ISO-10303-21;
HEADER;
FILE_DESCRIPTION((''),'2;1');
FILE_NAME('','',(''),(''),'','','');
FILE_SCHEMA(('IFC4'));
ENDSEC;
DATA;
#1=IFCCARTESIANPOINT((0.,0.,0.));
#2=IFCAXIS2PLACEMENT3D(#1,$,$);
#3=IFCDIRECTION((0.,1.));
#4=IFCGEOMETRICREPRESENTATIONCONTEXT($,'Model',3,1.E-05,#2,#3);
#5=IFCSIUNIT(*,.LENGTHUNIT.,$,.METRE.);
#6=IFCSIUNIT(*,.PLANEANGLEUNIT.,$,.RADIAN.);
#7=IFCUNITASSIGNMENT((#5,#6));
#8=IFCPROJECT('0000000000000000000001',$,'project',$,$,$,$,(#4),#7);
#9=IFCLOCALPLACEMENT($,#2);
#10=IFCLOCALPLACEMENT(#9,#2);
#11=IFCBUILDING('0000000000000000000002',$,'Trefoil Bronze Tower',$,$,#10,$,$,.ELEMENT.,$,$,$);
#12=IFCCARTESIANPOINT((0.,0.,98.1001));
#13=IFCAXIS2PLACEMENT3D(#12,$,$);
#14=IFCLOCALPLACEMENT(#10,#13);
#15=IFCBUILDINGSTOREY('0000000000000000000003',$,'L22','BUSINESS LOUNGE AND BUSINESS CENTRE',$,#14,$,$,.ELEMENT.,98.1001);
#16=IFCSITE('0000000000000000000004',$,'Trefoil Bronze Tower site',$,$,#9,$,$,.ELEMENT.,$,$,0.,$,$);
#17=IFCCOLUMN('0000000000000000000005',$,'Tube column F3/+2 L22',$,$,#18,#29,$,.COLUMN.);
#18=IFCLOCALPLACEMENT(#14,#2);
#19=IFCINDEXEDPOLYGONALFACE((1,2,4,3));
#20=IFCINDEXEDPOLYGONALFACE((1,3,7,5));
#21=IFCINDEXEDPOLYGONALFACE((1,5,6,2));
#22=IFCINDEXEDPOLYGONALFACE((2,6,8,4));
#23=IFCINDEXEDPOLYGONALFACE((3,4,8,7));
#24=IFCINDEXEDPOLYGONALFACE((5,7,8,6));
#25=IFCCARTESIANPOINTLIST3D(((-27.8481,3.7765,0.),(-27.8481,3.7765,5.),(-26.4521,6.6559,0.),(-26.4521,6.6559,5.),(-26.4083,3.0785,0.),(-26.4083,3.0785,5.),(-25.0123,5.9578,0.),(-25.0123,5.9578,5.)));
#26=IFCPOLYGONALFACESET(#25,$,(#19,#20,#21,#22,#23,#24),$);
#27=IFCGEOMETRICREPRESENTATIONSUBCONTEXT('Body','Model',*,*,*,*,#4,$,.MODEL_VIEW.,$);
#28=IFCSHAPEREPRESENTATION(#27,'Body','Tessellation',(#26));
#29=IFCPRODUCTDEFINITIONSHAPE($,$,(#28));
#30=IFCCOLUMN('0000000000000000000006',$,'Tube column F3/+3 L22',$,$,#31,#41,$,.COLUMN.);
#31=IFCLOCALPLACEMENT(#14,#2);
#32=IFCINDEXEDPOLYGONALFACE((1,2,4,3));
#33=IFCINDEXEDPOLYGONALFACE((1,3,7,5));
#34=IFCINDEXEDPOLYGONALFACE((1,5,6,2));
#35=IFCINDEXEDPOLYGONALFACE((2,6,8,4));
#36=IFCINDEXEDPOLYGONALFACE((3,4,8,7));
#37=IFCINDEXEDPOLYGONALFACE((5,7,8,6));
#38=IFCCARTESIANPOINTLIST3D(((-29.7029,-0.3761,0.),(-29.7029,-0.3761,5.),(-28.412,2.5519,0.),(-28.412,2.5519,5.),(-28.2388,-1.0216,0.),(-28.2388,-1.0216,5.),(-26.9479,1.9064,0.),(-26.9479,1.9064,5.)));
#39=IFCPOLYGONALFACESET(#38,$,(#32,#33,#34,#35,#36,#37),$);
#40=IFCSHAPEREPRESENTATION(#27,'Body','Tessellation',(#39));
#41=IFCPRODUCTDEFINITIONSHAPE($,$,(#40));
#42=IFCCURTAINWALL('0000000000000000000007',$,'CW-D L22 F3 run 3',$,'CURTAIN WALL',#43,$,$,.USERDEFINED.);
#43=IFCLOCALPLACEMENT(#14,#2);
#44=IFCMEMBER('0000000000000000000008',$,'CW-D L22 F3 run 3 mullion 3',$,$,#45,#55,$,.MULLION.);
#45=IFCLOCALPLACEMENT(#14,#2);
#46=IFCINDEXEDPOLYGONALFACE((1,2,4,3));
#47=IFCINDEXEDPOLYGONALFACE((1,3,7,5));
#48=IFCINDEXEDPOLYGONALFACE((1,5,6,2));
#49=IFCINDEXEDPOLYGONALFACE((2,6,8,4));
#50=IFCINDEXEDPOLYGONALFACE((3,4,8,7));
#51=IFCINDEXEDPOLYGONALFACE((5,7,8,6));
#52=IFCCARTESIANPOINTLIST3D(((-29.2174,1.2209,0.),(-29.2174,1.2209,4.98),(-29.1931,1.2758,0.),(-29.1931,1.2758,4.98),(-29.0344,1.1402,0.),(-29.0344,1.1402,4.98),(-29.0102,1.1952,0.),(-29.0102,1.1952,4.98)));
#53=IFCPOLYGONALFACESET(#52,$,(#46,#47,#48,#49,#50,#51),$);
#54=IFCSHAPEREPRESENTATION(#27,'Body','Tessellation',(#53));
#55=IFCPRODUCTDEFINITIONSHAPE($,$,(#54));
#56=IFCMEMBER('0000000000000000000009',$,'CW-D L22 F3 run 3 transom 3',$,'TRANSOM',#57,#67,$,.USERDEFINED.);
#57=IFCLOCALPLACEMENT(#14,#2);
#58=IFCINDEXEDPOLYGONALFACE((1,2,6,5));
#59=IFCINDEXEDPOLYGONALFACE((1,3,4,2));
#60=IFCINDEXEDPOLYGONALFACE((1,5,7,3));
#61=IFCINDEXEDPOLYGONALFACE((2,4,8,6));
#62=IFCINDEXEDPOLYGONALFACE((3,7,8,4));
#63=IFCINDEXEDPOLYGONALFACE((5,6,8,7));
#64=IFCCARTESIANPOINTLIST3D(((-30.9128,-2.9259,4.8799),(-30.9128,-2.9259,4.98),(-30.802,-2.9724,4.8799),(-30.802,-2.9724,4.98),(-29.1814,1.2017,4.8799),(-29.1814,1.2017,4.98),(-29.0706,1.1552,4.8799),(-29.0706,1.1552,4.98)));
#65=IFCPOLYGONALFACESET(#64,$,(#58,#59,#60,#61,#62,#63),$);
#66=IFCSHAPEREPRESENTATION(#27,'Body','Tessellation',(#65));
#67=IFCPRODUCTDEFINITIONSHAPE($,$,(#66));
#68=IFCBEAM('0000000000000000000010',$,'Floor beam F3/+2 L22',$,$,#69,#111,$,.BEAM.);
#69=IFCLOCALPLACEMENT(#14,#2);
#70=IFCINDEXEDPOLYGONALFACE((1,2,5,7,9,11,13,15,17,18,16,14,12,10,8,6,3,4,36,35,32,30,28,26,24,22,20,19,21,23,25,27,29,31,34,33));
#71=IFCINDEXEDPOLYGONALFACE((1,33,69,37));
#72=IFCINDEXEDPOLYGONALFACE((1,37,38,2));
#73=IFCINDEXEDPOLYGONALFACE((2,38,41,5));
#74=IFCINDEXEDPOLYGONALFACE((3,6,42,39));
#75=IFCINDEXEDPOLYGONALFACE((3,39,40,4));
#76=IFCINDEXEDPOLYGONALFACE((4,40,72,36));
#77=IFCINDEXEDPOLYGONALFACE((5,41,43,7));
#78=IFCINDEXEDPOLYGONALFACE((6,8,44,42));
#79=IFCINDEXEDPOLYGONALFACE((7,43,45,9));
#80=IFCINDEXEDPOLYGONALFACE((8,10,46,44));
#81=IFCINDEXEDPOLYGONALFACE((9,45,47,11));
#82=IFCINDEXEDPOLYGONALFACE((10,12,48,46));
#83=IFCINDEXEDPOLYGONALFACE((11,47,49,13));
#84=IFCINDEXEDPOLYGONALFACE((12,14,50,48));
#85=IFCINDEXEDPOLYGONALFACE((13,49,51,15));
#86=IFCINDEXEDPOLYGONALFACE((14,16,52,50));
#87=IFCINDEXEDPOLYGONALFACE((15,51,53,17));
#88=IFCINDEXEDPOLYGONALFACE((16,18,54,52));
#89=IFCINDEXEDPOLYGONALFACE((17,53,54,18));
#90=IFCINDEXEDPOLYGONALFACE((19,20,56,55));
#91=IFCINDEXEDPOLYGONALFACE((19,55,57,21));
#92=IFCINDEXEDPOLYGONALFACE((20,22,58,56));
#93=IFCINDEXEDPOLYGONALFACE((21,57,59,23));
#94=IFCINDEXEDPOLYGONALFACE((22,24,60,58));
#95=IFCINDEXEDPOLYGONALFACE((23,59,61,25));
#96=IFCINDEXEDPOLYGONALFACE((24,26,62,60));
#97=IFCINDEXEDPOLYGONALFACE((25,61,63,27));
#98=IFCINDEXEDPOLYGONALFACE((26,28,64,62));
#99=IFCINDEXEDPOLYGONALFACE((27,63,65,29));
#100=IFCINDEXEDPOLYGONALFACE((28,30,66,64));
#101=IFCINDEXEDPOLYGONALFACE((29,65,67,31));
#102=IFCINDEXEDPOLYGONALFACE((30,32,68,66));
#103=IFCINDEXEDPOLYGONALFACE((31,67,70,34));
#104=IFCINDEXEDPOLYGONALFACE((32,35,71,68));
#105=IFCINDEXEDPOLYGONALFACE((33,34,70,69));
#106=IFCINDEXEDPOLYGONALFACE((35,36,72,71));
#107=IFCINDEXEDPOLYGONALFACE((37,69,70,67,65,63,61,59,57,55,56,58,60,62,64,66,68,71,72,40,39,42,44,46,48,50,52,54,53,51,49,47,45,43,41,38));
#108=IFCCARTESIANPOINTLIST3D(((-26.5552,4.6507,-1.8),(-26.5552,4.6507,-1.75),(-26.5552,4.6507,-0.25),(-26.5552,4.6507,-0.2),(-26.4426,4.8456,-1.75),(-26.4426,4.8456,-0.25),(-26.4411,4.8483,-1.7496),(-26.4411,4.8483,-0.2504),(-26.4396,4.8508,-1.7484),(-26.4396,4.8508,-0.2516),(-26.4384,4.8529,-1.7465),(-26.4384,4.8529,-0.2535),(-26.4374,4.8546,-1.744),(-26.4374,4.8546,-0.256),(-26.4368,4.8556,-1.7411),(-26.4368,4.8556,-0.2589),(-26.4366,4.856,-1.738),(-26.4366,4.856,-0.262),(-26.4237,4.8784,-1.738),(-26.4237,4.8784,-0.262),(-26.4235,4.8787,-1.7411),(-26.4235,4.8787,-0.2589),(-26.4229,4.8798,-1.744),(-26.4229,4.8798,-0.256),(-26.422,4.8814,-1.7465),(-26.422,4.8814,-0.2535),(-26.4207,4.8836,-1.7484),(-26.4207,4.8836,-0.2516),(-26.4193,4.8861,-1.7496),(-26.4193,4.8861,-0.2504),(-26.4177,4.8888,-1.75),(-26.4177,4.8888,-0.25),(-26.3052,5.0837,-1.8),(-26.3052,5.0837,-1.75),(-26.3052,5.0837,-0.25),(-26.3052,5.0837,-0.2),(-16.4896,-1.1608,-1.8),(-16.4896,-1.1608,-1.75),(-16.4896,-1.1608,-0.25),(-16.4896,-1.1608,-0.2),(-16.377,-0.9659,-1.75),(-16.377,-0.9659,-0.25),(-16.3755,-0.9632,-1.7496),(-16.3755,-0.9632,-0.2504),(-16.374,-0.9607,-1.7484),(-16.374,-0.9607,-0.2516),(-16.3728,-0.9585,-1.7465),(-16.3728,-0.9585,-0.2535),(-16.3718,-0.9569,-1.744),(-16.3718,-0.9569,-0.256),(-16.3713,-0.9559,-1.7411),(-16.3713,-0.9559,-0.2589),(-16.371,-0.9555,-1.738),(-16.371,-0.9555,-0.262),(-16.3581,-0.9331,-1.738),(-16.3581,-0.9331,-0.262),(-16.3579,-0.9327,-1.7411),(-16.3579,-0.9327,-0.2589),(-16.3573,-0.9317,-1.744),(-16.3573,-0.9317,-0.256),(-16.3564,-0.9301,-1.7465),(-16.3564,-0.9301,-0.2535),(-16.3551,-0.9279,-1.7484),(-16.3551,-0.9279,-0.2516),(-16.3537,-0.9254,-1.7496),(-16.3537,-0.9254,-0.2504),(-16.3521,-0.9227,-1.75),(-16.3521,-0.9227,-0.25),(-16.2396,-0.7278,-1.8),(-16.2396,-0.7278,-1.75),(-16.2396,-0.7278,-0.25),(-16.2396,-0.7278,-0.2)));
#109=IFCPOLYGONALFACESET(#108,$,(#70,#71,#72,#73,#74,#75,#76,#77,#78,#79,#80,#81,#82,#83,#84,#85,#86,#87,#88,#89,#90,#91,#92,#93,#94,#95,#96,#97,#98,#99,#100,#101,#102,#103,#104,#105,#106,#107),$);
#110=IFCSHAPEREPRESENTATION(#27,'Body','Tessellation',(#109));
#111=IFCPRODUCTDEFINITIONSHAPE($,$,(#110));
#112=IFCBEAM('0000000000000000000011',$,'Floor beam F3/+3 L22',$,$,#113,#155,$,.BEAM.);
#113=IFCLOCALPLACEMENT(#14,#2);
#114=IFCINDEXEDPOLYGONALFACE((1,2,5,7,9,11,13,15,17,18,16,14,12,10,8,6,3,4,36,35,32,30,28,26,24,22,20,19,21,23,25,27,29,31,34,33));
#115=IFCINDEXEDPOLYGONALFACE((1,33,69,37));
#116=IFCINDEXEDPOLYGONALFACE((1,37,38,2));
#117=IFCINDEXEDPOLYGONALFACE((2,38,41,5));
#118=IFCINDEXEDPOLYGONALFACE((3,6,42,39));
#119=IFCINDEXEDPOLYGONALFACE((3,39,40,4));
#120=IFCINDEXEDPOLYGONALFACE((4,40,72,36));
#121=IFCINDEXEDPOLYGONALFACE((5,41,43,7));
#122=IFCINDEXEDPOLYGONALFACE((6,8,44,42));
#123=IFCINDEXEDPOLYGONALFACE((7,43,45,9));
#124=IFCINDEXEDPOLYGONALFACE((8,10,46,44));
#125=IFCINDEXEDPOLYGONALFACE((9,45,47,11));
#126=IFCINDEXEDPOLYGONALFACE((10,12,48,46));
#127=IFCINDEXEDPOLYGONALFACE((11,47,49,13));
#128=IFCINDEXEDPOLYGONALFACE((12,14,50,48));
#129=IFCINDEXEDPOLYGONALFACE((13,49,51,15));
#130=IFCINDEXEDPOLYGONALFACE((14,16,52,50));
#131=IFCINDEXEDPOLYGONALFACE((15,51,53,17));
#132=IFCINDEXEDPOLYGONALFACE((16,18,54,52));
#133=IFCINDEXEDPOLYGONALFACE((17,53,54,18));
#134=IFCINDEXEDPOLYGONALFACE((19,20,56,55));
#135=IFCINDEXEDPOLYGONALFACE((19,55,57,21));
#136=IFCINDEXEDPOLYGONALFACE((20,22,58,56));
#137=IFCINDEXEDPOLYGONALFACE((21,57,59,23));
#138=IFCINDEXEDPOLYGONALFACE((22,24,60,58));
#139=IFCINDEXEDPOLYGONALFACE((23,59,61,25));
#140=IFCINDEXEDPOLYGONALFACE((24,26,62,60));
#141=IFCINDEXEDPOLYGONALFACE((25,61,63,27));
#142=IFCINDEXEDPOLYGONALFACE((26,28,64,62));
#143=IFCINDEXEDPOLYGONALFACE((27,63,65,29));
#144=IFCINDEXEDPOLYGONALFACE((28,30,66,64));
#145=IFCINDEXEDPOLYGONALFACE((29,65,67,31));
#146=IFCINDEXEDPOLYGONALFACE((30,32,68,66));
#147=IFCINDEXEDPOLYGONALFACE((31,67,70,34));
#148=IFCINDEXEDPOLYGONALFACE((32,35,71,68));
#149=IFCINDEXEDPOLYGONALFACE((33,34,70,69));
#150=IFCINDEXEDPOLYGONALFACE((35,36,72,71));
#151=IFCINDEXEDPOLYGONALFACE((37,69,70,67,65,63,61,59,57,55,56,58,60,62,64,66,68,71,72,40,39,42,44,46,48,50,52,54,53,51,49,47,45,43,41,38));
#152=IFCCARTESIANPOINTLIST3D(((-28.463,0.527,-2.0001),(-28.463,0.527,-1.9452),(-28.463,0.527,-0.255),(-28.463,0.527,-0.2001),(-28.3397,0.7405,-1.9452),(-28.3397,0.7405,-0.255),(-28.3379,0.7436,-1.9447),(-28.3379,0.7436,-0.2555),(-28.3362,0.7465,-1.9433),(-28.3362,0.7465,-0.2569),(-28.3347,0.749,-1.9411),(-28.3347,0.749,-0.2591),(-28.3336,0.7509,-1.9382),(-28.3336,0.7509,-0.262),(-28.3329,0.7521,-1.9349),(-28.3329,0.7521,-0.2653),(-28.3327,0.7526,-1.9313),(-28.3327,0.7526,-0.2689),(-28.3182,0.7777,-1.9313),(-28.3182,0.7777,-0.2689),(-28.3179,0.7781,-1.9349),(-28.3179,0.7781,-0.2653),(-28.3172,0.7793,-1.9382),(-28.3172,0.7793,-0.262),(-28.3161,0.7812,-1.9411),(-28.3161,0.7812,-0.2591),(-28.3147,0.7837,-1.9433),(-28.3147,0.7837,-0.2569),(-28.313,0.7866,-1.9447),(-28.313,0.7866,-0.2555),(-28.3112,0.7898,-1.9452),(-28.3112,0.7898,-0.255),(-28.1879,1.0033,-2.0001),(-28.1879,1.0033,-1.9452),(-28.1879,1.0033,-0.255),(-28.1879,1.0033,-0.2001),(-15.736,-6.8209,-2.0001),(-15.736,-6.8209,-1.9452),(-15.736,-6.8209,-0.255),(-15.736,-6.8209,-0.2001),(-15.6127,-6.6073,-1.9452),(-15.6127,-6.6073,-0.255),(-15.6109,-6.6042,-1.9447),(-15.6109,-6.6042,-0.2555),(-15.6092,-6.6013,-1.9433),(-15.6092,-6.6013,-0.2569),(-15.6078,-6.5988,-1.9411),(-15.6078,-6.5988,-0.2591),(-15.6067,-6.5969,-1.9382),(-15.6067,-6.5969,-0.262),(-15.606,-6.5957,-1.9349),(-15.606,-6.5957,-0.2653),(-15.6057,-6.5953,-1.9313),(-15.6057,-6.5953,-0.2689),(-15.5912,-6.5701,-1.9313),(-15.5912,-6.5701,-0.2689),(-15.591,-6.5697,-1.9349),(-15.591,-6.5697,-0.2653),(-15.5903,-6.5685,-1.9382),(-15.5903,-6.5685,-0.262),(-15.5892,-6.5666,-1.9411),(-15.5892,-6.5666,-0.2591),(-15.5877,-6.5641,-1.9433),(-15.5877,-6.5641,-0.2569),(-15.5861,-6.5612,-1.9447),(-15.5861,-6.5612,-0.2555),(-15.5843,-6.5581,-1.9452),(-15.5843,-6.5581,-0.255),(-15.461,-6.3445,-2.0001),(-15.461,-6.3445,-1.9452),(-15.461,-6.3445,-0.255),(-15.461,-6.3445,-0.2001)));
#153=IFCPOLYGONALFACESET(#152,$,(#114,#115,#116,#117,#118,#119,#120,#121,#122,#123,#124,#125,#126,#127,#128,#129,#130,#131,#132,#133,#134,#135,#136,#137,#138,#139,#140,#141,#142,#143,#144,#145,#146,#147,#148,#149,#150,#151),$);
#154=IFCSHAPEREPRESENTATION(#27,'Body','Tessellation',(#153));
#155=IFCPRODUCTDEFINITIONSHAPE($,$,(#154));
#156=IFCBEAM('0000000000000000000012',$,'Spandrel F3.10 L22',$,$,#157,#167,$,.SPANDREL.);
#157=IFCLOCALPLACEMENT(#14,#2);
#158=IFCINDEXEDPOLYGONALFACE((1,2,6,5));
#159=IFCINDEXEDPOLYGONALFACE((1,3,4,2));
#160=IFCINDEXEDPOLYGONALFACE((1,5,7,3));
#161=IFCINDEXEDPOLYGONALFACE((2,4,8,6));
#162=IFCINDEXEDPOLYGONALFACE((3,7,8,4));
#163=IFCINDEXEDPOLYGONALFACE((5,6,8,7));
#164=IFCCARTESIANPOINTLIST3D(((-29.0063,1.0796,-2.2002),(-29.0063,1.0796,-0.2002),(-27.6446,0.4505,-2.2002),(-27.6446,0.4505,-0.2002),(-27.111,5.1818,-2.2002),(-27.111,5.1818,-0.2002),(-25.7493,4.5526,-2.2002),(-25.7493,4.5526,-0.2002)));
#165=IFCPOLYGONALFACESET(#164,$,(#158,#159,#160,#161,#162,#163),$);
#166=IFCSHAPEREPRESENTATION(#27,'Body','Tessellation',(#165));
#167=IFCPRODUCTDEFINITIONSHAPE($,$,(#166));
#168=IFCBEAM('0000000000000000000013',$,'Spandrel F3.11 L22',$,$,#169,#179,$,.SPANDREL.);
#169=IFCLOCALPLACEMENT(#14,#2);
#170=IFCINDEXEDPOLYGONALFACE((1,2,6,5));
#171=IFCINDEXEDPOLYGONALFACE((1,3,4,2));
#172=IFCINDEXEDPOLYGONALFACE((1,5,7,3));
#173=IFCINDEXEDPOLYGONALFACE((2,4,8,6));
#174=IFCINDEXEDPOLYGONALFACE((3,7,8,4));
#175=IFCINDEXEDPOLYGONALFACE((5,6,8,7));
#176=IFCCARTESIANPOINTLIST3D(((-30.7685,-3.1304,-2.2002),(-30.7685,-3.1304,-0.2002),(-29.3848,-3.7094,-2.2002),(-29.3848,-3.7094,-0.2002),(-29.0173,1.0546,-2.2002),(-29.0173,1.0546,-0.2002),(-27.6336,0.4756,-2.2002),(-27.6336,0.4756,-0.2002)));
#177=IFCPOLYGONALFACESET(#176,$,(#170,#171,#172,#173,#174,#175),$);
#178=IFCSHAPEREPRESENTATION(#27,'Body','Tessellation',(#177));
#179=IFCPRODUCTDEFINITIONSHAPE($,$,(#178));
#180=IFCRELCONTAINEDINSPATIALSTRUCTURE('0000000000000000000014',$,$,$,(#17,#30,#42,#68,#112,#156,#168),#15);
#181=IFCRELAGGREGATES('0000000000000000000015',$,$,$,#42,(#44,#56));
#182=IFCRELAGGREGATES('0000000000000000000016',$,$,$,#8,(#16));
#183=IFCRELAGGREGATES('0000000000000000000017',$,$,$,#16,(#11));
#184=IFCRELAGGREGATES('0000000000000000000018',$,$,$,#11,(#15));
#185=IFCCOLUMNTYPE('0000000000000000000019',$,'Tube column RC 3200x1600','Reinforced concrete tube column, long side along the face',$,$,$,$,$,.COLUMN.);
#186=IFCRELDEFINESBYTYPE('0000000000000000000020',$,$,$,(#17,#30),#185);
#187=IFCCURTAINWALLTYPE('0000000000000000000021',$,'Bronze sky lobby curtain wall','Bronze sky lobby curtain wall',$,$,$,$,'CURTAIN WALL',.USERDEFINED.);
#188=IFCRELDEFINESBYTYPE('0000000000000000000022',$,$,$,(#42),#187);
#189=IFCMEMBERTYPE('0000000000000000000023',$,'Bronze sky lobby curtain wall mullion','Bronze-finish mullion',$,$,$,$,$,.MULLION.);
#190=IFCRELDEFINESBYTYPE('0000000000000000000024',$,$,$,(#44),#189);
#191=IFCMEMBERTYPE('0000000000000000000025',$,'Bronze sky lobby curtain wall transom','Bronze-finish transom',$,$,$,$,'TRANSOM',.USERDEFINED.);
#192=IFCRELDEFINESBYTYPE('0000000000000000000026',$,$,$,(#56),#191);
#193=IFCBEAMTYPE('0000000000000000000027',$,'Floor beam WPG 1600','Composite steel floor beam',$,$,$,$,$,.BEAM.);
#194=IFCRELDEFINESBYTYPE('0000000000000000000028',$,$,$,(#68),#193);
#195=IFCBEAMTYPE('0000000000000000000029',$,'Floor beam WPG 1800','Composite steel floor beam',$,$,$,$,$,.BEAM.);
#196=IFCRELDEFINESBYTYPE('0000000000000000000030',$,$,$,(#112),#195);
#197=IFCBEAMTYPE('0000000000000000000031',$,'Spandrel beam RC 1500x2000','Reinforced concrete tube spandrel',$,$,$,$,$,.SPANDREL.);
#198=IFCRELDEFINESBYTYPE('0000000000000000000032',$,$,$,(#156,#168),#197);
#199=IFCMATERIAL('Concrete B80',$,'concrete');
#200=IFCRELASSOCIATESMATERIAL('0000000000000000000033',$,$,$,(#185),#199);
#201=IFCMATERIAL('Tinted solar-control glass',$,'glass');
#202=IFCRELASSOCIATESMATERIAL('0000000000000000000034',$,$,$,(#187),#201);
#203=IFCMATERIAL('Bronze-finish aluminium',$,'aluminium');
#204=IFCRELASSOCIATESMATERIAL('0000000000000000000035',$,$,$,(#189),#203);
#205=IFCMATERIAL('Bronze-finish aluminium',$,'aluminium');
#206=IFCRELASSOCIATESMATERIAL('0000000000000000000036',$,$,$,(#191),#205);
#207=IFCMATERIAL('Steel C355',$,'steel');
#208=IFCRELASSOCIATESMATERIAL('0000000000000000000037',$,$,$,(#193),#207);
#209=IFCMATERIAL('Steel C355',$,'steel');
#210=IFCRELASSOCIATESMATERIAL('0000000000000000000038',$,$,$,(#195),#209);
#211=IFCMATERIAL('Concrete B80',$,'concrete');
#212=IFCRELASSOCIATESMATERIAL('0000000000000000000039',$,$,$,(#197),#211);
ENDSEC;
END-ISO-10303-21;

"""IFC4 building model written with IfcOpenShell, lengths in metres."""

from ifc_helpers import new_model, si_unit, direction, frame, origin, origin_2d, place, context, subcontext, project, spatial, rectangle, i_section, extrude, material, material_profile, profile_set, type_object, element, aggregate, save


model = new_model("IFC4")

# Units and contexts
model_context = context("Model", 3, precision=1e-05, world=origin(), true_north=direction((0.0, 1.0)))
body_context = subcontext(model_context, "Body", "Model", "MODEL_VIEW")
ifc_project = project(units=[si_unit("LENGTHUNIT", "METRE"), si_unit("PLANEANGLEUNIT", "RADIAN")], contexts=[model_context])

# Site, building, storey
site_placement = place(None, origin())
site = spatial("IfcSite", under=ifc_project, at=site_placement, Name="Trefoil Bronze Tower site", CompositionType="ELEMENT", RefElevation=0.0)
building_placement = place(site_placement, origin())
building = spatial("IfcBuilding", under=site, at=building_placement, Name="Trefoil Bronze Tower", CompositionType="ELEMENT")
storey_placement = place(building_placement, frame((0.0, 0.0, 98.1001)))
storey = spatial("IfcBuildingStorey", under=building, at=storey_placement, Name="L22", Description="BUSINESS LOUNGE AND BUSINESS CENTRE", CompositionType="ELEMENT", Elevation=98.1001)

# Columns
ifc_material_1 = material(Name="Concrete B80", Category="concrete")
ifc_material_profile_1 = material_profile(ifc_material_1, rectangle(XDim=3.2, YDim=1.6001, at=origin_2d()), Name="RC 3200x1600")
ifc_profile_set_1 = profile_set([ifc_material_profile_1], Name="Concrete B80")
column_type = type_object("IfcColumnType", Name="Tube column RC 3200x1600", Description="Reinforced concrete tube column, long side along the face", PredefinedType="COLUMN", material=ifc_profile_set_1)
for number, where, z_axis, x_axis, name in (
    (1, (-26.4302, 4.8672, 0.0), (0.0, 0.0, 1.0), (-0.436262, -0.89982, 0.0), "Tube column F3/+2 L22"),
    (2, (-28.3254, 0.7651, 0.0), (0.0, 0.0, 1.0), (-0.403412, -0.915018, 0.0), "Tube column F3/+3 L22"),
):
    element("IfcColumn", number, at=place(storey_placement, frame(where, z_axis=z_axis, x_axis=x_axis)), inside=storey, type_object=column_type, Name=name, PredefinedType="COLUMN", context=body_context, shape_type="SweptSolid", body=[
        extrude(rectangle(XDim=3.2, YDim=1.6001, at=origin_2d()), origin(), (0.0, 0.0, 1.0), 5.0),
    ])

# Curtain wall, members
ifc_material_2 = material(Name="Tinted solar-control glass", Category="glass")
curtain_wall_type = type_object("IfcCurtainWallType", Name="Bronze sky lobby curtain wall", Description="Bronze sky lobby curtain wall", ElementType="CURTAIN WALL", PredefinedType="USERDEFINED", material=ifc_material_2)
curtain_wall_placement = place(storey_placement, origin())
curtain_wall = element("IfcCurtainWall", 3, at=curtain_wall_placement, inside=storey, type_object=curtain_wall_type, Name="CW-D L22 F3 run 3", ObjectType="CURTAIN WALL", PredefinedType="USERDEFINED")
ifc_material_3 = material(Name="Bronze-finish aluminium", Category="aluminium")
ifc_material_profile_2 = material_profile(ifc_material_3, rectangle(XDim=0.2, YDim=0.0601, at=origin_2d()), Name="CW-D mullion")
ifc_profile_set_2 = profile_set([ifc_material_profile_2], Name="Bronze-finish aluminium")
member_type_1 = type_object("IfcMemberType", Name="Bronze sky lobby curtain wall mullion", Description="Bronze-finish mullion", PredefinedType="MULLION", material=ifc_profile_set_2)
member_1_placement = place(storey_placement, frame((-29.1138, 1.208, 0.0), z_axis=(0.0, 0.0, 1.0), x_axis=(0.915018, -0.403412, 0.0)))
member_1 = element("IfcMember", 4, at=member_1_placement, type_object=member_type_1, Name="CW-D L22 F3 run 3 mullion 3", PredefinedType="MULLION", context=body_context, shape_type="SweptSolid", body=[
    extrude(rectangle(XDim=0.2, YDim=0.0601, at=origin_2d()), origin(), (0.0, 0.0, 1.0), 4.98),
])
ifc_material_4 = material(Name="Bronze-finish aluminium", Category="aluminium")
ifc_material_profile_3 = material_profile(ifc_material_4, rectangle(XDim=0.1201, YDim=0.1001, at=origin_2d()), Name="CW-D transom")
ifc_profile_set_3 = profile_set([ifc_material_profile_3], Name="Bronze-finish aluminium")
member_type_2 = type_object("IfcMemberType", Name="Bronze sky lobby curtain wall transom", Description="Bronze-finish transom", ElementType="TRANSOM", PredefinedType="USERDEFINED", material=ifc_profile_set_3)
member_2_placement = place(storey_placement, frame((-29.126, 1.1785, 4.9299), z_axis=(-0.386818, -0.922156, 0.0), x_axis=(0.922156, -0.386818, 0.0)))
member_2 = element("IfcMember", 5, at=member_2_placement, type_object=member_type_2, Name="CW-D L22 F3 run 3 transom 3", ObjectType="TRANSOM", PredefinedType="USERDEFINED", context=body_context, shape_type="SweptSolid", body=[
    extrude(rectangle(XDim=0.1201, YDim=0.1001, at=origin_2d()), origin(), (0.0, 0.0, 1.0), 4.4761),
])

# Beams
ifc_material_5 = material(Name="Steel C355", Category="steel")
ifc_material_profile_4 = material_profile(ifc_material_5, i_section(OverallWidth=0.5, OverallDepth=1.6001, WebThickness=0.0259, FlangeThickness=0.05, FilletRadius=0.012, at=origin_2d()), Name="WPG 1600")
ifc_profile_set_4 = profile_set([ifc_material_profile_4], Name="Steel C355")
beam_type_1 = type_object("IfcBeamType", Name="Floor beam WPG 1600", Description="Composite steel floor beam", PredefinedType="BEAM", material=ifc_profile_set_4)
beam_1_placement = place(storey_placement, frame((-26.4302, 4.8672, -1.0), z_axis=(0.866022, -0.500007, 0.0), x_axis=(0.500007, 0.866022, 0.0)))
element("IfcBeam", 6, at=beam_1_placement, inside=storey, type_object=beam_type_1, Name="Floor beam F3/+2 L22", PredefinedType="BEAM", context=body_context, shape_type="SweptSolid", body=[
    extrude(i_section(OverallWidth=0.5, OverallDepth=1.6001, WebThickness=0.0259, FlangeThickness=0.05, FilletRadius=0.012, at=origin_2d()), origin(), (0.0, 0.0, 1.0), 11.6228),
])
ifc_material_6 = material(Name="Steel C355", Category="steel")
ifc_material_profile_5 = material_profile(ifc_material_6, i_section(OverallWidth=0.55, OverallDepth=1.8, WebThickness=0.0291, FlangeThickness=0.0549, FilletRadius=0.0139, at=origin_2d()), Name="WPG 1800")
ifc_profile_set_5 = profile_set([ifc_material_profile_5], Name="Steel C355")
beam_type_2 = type_object("IfcBeamType", Name="Floor beam WPG 1800", Description="Composite steel floor beam", PredefinedType="BEAM", material=ifc_profile_set_5)
beam_2_placement = place(storey_placement, frame((-28.3254, 0.7651, -1.1001), z_axis=(0.866027, -0.499997, 0.0), x_axis=(0.499997, 0.866027, 0.0)))
element("IfcBeam", 7, at=beam_2_placement, inside=storey, type_object=beam_type_2, Name="Floor beam F3/+3 L22", PredefinedType="BEAM", context=body_context, shape_type="SweptSolid", body=[
    extrude(i_section(OverallWidth=0.55, OverallDepth=1.8, WebThickness=0.0291, FlangeThickness=0.0549, FilletRadius=0.0139, at=origin_2d()), origin(), (0.0, 0.0, 1.0), 14.6958),
])
ifc_material_7 = material(Name="Concrete B80", Category="concrete")
ifc_material_profile_6 = material_profile(ifc_material_7, rectangle(XDim=1.5, YDim=2.0, at=origin_2d()), Name="RC 1500x2000")
ifc_profile_set_6 = profile_set([ifc_material_profile_6], Name="Concrete B80")
beam_type_3 = type_object("IfcBeamType", Name="Spandrel beam RC 1500x2000", Description="Reinforced concrete tube spandrel", PredefinedType="SPANDREL", material=ifc_profile_set_6)
beam_3_placement = place(storey_placement, frame((-26.4302, 4.8672, -1.2002), z_axis=(-0.419425, -0.90779, 0.0), x_axis=(0.90779, -0.419425, 0.0)))
element("IfcBeam", 8, at=beam_3_placement, inside=storey, type_object=beam_type_3, Name="Spandrel F3.10 L22", PredefinedType="SPANDREL", context=body_context, shape_type="SweptSolid", body=[
    extrude(rectangle(XDim=1.5, YDim=2.0, at=origin_2d()), origin(), (0.0, 0.0, 1.0), 4.5188),
])
beam_4_placement = place(storey_placement, frame((-28.3254, 0.7651, -1.2002), z_axis=(-0.386013, -0.922493, 0.0), x_axis=(0.922493, -0.386013, 0.0)))
element("IfcBeam", 9, at=beam_4_placement, inside=storey, type_object=beam_type_3, Name="Spandrel F3.11 L22", PredefinedType="SPANDREL", context=body_context, shape_type="SweptSolid", body=[
    extrude(rectangle(XDim=1.5, YDim=2.0, at=origin_2d()), origin(), (0.0, 0.0, 1.0), 4.5366),
])

aggregate(curtain_wall, [member_1, member_2])

save(model, "model.ifc")
